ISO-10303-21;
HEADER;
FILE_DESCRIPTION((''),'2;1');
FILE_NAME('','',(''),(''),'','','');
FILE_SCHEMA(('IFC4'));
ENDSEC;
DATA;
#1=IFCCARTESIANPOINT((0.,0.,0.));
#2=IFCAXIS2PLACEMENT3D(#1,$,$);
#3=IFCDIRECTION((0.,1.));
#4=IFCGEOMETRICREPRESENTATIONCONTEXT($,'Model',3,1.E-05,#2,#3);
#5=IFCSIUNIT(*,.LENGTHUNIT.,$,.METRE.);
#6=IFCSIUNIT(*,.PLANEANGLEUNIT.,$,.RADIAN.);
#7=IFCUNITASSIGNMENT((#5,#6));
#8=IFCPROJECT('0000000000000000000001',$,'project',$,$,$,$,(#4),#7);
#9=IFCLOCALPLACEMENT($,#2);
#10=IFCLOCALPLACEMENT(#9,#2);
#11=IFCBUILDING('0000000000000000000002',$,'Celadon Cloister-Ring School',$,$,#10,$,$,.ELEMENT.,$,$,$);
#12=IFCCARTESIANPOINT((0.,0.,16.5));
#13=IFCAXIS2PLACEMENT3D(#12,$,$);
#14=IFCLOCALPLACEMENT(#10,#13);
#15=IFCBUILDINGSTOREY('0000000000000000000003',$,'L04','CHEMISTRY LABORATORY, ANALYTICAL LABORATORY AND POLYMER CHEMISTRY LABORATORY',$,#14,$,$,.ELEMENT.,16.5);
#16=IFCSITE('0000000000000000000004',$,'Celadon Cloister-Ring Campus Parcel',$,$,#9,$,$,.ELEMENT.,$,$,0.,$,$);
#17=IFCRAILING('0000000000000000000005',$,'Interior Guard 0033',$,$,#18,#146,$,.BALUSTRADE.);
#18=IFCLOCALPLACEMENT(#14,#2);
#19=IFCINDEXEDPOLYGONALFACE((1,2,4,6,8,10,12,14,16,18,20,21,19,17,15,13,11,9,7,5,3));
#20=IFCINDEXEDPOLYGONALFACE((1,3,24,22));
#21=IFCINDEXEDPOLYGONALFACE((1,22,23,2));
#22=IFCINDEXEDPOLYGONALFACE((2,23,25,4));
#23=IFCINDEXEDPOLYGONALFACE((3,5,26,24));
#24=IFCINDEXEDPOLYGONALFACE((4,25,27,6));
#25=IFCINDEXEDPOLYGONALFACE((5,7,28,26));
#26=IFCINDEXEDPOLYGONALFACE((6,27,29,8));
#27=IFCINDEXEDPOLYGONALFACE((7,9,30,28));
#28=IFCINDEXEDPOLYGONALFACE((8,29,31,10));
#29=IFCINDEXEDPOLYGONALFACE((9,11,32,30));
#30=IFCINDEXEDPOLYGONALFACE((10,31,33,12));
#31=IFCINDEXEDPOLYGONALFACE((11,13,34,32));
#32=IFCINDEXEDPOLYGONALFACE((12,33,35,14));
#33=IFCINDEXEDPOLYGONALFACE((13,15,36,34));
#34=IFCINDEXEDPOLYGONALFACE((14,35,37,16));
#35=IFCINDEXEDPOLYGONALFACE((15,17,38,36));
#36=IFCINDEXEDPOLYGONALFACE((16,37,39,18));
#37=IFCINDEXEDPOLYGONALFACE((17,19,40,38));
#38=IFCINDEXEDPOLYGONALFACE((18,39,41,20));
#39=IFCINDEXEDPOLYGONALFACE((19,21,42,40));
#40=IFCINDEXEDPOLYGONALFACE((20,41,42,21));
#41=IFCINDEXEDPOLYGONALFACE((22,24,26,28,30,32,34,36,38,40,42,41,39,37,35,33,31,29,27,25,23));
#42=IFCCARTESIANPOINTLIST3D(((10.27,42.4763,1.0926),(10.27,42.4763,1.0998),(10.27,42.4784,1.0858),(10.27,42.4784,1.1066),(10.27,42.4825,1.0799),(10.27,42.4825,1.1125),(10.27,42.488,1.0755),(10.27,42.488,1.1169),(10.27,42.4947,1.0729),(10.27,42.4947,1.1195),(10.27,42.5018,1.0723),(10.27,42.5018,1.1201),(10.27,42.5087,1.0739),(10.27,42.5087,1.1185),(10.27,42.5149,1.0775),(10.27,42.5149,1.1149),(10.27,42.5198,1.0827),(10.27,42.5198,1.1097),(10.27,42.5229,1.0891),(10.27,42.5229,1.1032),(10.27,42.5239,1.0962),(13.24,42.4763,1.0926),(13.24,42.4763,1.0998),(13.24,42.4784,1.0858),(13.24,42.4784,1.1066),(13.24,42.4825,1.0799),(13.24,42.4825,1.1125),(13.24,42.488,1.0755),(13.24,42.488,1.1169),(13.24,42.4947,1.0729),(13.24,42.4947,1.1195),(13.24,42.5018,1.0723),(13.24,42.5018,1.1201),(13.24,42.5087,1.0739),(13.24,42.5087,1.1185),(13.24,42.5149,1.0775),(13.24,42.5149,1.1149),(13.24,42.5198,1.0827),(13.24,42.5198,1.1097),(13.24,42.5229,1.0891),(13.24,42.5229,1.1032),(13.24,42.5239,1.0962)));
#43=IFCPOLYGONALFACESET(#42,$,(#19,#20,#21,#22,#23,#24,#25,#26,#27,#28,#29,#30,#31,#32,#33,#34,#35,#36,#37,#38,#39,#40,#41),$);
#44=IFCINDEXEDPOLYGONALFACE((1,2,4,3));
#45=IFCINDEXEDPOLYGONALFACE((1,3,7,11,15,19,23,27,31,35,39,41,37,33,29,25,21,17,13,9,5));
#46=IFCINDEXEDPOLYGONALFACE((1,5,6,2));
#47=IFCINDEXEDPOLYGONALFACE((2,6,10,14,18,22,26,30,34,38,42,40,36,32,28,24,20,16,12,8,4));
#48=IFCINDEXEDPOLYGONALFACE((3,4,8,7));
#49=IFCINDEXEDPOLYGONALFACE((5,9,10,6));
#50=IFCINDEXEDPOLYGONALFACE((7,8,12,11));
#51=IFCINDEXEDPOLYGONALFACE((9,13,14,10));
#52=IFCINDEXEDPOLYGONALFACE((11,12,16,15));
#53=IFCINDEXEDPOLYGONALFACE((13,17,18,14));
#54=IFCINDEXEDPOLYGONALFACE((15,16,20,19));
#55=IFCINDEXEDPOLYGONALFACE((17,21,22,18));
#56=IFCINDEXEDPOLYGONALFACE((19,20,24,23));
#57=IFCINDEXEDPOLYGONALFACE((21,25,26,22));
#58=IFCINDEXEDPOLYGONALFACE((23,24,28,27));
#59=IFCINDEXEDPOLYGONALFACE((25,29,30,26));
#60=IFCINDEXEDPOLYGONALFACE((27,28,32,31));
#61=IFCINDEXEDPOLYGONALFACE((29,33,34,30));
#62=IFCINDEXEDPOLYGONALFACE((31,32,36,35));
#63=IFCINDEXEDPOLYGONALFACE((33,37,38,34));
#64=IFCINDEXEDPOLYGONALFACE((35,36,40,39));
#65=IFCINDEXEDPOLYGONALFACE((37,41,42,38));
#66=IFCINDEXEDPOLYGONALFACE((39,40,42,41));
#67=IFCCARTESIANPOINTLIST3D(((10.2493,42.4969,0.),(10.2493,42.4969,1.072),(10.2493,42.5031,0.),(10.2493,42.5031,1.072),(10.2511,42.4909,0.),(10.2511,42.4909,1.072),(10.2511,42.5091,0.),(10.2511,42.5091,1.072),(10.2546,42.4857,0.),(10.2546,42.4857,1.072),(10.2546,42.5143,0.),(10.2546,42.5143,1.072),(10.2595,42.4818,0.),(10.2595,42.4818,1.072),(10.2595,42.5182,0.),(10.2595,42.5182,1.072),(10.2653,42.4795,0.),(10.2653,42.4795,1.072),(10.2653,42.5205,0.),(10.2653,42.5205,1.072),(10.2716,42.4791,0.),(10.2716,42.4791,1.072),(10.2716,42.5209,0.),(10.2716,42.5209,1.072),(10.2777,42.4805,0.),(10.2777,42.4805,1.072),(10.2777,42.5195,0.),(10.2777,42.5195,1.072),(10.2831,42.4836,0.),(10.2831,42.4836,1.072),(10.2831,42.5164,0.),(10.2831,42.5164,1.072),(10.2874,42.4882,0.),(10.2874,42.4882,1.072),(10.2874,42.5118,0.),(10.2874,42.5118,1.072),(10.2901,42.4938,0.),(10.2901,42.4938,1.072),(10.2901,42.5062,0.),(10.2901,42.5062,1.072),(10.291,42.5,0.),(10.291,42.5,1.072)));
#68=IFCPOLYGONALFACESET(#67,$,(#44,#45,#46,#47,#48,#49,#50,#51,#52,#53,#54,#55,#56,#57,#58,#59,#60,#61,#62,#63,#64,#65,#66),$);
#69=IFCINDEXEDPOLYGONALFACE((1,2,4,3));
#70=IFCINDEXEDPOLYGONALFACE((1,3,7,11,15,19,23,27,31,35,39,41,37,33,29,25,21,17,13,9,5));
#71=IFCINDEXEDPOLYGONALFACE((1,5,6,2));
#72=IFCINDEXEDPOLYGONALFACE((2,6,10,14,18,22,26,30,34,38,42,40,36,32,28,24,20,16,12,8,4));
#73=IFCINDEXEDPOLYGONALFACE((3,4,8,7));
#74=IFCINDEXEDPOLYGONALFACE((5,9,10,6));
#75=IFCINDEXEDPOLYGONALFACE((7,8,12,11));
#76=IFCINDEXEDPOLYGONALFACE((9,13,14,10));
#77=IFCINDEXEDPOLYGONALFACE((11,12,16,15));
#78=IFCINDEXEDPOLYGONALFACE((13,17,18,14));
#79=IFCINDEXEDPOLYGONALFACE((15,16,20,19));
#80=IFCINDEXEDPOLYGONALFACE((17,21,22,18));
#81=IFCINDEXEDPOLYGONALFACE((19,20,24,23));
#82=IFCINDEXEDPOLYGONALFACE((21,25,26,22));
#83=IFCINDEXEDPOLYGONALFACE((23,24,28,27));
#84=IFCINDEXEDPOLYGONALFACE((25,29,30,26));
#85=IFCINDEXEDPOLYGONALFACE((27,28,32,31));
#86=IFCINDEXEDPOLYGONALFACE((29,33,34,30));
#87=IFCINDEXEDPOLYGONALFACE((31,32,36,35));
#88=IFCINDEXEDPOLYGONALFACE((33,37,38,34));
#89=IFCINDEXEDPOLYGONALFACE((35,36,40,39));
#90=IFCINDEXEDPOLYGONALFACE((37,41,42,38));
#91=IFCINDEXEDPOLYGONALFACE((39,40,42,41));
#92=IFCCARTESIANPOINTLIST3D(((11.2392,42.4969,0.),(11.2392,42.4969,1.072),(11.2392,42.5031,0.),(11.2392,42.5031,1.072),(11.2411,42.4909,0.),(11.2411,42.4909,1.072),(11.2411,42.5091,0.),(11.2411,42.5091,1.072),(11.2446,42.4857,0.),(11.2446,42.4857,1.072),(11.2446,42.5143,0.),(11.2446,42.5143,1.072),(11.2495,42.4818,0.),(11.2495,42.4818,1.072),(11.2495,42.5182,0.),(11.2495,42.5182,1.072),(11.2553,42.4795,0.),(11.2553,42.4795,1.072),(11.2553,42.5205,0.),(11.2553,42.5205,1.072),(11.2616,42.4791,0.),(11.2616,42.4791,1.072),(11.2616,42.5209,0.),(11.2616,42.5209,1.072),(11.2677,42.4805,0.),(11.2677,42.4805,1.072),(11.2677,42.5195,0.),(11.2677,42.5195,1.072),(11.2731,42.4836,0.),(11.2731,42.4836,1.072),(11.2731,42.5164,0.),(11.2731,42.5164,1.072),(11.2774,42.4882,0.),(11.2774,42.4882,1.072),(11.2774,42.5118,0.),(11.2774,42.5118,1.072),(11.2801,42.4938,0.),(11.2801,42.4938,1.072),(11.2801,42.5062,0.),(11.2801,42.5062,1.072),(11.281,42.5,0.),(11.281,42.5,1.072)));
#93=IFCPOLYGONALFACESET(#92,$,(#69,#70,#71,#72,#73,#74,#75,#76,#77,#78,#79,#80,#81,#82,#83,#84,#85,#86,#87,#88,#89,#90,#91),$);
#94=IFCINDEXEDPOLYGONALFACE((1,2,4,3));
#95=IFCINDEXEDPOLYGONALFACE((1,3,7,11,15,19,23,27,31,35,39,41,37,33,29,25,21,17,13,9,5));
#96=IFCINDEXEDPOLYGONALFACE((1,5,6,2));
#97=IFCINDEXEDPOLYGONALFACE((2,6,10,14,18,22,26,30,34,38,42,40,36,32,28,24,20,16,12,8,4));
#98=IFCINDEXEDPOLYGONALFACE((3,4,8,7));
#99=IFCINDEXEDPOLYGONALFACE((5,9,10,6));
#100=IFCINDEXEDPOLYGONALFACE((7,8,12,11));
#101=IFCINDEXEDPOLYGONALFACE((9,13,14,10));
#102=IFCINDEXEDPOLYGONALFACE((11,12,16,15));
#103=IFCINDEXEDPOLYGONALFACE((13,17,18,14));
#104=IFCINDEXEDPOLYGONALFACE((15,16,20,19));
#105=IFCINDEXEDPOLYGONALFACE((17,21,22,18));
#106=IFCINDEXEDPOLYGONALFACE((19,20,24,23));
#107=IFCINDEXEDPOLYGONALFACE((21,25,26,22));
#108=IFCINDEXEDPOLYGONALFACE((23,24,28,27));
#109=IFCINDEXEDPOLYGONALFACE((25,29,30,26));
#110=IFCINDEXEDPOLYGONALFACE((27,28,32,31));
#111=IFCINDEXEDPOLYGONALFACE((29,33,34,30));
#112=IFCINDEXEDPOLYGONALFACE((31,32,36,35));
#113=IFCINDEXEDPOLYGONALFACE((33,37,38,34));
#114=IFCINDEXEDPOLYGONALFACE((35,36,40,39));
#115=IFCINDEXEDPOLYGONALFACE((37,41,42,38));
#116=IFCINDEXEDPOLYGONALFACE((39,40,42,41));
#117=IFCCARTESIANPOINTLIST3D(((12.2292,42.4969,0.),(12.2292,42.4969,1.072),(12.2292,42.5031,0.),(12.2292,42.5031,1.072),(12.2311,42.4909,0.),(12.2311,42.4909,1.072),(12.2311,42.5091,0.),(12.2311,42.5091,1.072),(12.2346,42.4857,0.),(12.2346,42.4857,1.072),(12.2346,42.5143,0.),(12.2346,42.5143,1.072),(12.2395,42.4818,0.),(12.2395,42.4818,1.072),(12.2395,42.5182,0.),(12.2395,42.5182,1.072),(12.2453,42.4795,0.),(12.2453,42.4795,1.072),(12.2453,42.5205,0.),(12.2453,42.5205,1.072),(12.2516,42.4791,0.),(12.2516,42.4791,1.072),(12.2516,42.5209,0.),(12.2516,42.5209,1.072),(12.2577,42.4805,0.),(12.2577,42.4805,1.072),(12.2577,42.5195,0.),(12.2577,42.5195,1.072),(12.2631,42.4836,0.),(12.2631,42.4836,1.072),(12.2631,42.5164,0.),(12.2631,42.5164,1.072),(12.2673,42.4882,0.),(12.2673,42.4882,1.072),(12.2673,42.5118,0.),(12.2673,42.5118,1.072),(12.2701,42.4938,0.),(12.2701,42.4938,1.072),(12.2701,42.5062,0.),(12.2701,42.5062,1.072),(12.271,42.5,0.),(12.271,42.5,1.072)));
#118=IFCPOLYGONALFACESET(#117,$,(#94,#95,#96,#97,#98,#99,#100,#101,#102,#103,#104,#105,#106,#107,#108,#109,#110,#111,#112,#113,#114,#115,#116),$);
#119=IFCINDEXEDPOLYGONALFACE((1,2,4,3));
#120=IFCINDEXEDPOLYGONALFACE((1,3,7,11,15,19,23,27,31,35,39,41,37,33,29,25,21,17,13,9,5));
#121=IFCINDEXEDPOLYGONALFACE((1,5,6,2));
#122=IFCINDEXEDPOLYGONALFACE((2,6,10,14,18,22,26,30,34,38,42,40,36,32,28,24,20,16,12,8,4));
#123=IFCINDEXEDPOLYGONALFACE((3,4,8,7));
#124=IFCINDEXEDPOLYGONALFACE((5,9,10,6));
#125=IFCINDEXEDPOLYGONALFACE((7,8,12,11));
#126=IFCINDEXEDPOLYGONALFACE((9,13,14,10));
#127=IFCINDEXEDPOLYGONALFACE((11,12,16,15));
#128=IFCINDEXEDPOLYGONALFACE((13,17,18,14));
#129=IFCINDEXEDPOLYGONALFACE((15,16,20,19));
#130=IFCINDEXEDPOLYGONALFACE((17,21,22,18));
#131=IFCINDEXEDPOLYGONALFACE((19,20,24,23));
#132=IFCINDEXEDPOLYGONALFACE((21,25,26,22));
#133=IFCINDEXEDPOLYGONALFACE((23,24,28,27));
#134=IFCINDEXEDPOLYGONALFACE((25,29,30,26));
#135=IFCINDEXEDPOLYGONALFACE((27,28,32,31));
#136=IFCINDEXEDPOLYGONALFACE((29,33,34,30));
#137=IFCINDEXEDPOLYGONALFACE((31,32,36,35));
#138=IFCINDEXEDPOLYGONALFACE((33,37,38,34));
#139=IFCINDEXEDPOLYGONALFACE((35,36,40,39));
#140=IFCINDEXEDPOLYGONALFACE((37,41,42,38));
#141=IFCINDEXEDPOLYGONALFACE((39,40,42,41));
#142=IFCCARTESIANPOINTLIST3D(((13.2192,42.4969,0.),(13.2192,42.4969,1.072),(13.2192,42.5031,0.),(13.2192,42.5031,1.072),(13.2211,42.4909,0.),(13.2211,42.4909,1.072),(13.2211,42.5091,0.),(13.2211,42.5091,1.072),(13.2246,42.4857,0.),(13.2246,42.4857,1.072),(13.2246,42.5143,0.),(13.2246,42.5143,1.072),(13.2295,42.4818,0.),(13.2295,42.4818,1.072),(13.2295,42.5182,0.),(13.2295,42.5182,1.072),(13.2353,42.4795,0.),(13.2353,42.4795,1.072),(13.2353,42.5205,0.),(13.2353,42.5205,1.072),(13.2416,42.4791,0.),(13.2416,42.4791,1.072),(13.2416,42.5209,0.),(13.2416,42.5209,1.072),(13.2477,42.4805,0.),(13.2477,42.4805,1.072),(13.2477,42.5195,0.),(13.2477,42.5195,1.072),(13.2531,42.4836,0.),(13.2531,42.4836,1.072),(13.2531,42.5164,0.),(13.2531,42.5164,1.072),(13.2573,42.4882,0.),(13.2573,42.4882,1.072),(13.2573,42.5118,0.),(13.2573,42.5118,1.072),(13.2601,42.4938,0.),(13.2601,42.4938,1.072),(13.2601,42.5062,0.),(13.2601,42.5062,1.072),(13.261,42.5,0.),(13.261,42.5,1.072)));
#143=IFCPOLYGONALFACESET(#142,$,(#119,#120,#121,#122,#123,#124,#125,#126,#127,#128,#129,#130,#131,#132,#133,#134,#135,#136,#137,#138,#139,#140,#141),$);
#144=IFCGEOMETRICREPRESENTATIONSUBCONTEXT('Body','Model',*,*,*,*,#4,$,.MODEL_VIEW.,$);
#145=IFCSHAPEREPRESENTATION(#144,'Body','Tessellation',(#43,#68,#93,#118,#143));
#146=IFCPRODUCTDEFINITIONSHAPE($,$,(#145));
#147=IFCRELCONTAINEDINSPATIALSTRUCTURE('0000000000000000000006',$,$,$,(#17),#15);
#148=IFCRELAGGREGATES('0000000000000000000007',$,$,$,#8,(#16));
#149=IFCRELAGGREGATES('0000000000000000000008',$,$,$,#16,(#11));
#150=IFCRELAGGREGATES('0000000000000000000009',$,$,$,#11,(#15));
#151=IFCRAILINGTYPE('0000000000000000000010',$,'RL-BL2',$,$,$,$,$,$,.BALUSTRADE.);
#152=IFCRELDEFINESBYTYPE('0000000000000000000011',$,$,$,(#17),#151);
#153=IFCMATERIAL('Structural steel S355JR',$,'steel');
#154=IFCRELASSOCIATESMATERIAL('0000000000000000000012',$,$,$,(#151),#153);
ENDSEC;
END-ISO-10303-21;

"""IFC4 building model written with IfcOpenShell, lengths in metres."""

from ifc_helpers import new_model, si_unit, direction, frame, origin, origin_2d, place, context, subcontext, project, spatial, circle, extrude, material, type_object, element, save


model = new_model("IFC4")

# Units and contexts
model_context = context("Model", 3, precision=1e-05, world=origin(), true_north=direction((0.0, 1.0)))
body_context = subcontext(model_context, "Body", "Model", "MODEL_VIEW")
ifc_project = project(units=[si_unit("LENGTHUNIT", "METRE"), si_unit("PLANEANGLEUNIT", "RADIAN")], contexts=[model_context])

# Site, building, storey
site_placement = place(None, origin())
site = spatial("IfcSite", under=ifc_project, at=site_placement, Name="Celadon Cloister-Ring Campus Parcel", CompositionType="ELEMENT", RefElevation=0.0)
building_placement = place(site_placement, origin())
building = spatial("IfcBuilding", under=site, at=building_placement, Name="Celadon Cloister-Ring School", CompositionType="ELEMENT")
storey_placement = place(building_placement, frame((0.0, 0.0, 16.5)))
storey = spatial("IfcBuildingStorey", under=building, at=storey_placement, Name="L04", Description="CHEMISTRY LABORATORY, ANALYTICAL LABORATORY AND POLYMER CHEMISTRY LABORATORY", CompositionType="ELEMENT", Elevation=16.5)

# Railing
ifc_material_1 = material(Name="Structural steel S355JR", Category="steel")
railing_type_1 = type_object("IfcRailingType", Name="RL-BL2", PredefinedType="BALUSTRADE", material=ifc_material_1)
railing_1_placement = place(storey_placement, frame((10.27, 42.5, 0.0)))
element("IfcRailing", 1, at=railing_1_placement, inside=storey, type_object=railing_type_1, Name="Interior Guard 0033", PredefinedType="BALUSTRADE", context=body_context, shape_type="SweptSolid", body=[
    extrude(circle(Radius=0.0239, at=origin_2d()), frame((0.0, 0.0, 1.0962), z_axis=(1.0, 0.0, 0.0), x_axis=(0.0, 1.0, 0.0)), (0.0, 0.0, 1.0), 2.97),
    extrude(circle(Radius=0.021, at=origin_2d()), origin(), (0.0, 0.0, 1.0), 1.072),
    extrude(circle(Radius=0.021, at=origin_2d()), frame((0.99, 0.0, 0.0)), (0.0, 0.0, 1.0), 1.072),
    extrude(circle(Radius=0.021, at=origin_2d()), frame((1.98, 0.0, 0.0)), (0.0, 0.0, 1.0), 1.072),
    extrude(circle(Radius=0.021, at=origin_2d()), frame((2.97, 0.0, 0.0)), (0.0, 0.0, 1.0), 1.072),
])

save(model, "model.ifc")
